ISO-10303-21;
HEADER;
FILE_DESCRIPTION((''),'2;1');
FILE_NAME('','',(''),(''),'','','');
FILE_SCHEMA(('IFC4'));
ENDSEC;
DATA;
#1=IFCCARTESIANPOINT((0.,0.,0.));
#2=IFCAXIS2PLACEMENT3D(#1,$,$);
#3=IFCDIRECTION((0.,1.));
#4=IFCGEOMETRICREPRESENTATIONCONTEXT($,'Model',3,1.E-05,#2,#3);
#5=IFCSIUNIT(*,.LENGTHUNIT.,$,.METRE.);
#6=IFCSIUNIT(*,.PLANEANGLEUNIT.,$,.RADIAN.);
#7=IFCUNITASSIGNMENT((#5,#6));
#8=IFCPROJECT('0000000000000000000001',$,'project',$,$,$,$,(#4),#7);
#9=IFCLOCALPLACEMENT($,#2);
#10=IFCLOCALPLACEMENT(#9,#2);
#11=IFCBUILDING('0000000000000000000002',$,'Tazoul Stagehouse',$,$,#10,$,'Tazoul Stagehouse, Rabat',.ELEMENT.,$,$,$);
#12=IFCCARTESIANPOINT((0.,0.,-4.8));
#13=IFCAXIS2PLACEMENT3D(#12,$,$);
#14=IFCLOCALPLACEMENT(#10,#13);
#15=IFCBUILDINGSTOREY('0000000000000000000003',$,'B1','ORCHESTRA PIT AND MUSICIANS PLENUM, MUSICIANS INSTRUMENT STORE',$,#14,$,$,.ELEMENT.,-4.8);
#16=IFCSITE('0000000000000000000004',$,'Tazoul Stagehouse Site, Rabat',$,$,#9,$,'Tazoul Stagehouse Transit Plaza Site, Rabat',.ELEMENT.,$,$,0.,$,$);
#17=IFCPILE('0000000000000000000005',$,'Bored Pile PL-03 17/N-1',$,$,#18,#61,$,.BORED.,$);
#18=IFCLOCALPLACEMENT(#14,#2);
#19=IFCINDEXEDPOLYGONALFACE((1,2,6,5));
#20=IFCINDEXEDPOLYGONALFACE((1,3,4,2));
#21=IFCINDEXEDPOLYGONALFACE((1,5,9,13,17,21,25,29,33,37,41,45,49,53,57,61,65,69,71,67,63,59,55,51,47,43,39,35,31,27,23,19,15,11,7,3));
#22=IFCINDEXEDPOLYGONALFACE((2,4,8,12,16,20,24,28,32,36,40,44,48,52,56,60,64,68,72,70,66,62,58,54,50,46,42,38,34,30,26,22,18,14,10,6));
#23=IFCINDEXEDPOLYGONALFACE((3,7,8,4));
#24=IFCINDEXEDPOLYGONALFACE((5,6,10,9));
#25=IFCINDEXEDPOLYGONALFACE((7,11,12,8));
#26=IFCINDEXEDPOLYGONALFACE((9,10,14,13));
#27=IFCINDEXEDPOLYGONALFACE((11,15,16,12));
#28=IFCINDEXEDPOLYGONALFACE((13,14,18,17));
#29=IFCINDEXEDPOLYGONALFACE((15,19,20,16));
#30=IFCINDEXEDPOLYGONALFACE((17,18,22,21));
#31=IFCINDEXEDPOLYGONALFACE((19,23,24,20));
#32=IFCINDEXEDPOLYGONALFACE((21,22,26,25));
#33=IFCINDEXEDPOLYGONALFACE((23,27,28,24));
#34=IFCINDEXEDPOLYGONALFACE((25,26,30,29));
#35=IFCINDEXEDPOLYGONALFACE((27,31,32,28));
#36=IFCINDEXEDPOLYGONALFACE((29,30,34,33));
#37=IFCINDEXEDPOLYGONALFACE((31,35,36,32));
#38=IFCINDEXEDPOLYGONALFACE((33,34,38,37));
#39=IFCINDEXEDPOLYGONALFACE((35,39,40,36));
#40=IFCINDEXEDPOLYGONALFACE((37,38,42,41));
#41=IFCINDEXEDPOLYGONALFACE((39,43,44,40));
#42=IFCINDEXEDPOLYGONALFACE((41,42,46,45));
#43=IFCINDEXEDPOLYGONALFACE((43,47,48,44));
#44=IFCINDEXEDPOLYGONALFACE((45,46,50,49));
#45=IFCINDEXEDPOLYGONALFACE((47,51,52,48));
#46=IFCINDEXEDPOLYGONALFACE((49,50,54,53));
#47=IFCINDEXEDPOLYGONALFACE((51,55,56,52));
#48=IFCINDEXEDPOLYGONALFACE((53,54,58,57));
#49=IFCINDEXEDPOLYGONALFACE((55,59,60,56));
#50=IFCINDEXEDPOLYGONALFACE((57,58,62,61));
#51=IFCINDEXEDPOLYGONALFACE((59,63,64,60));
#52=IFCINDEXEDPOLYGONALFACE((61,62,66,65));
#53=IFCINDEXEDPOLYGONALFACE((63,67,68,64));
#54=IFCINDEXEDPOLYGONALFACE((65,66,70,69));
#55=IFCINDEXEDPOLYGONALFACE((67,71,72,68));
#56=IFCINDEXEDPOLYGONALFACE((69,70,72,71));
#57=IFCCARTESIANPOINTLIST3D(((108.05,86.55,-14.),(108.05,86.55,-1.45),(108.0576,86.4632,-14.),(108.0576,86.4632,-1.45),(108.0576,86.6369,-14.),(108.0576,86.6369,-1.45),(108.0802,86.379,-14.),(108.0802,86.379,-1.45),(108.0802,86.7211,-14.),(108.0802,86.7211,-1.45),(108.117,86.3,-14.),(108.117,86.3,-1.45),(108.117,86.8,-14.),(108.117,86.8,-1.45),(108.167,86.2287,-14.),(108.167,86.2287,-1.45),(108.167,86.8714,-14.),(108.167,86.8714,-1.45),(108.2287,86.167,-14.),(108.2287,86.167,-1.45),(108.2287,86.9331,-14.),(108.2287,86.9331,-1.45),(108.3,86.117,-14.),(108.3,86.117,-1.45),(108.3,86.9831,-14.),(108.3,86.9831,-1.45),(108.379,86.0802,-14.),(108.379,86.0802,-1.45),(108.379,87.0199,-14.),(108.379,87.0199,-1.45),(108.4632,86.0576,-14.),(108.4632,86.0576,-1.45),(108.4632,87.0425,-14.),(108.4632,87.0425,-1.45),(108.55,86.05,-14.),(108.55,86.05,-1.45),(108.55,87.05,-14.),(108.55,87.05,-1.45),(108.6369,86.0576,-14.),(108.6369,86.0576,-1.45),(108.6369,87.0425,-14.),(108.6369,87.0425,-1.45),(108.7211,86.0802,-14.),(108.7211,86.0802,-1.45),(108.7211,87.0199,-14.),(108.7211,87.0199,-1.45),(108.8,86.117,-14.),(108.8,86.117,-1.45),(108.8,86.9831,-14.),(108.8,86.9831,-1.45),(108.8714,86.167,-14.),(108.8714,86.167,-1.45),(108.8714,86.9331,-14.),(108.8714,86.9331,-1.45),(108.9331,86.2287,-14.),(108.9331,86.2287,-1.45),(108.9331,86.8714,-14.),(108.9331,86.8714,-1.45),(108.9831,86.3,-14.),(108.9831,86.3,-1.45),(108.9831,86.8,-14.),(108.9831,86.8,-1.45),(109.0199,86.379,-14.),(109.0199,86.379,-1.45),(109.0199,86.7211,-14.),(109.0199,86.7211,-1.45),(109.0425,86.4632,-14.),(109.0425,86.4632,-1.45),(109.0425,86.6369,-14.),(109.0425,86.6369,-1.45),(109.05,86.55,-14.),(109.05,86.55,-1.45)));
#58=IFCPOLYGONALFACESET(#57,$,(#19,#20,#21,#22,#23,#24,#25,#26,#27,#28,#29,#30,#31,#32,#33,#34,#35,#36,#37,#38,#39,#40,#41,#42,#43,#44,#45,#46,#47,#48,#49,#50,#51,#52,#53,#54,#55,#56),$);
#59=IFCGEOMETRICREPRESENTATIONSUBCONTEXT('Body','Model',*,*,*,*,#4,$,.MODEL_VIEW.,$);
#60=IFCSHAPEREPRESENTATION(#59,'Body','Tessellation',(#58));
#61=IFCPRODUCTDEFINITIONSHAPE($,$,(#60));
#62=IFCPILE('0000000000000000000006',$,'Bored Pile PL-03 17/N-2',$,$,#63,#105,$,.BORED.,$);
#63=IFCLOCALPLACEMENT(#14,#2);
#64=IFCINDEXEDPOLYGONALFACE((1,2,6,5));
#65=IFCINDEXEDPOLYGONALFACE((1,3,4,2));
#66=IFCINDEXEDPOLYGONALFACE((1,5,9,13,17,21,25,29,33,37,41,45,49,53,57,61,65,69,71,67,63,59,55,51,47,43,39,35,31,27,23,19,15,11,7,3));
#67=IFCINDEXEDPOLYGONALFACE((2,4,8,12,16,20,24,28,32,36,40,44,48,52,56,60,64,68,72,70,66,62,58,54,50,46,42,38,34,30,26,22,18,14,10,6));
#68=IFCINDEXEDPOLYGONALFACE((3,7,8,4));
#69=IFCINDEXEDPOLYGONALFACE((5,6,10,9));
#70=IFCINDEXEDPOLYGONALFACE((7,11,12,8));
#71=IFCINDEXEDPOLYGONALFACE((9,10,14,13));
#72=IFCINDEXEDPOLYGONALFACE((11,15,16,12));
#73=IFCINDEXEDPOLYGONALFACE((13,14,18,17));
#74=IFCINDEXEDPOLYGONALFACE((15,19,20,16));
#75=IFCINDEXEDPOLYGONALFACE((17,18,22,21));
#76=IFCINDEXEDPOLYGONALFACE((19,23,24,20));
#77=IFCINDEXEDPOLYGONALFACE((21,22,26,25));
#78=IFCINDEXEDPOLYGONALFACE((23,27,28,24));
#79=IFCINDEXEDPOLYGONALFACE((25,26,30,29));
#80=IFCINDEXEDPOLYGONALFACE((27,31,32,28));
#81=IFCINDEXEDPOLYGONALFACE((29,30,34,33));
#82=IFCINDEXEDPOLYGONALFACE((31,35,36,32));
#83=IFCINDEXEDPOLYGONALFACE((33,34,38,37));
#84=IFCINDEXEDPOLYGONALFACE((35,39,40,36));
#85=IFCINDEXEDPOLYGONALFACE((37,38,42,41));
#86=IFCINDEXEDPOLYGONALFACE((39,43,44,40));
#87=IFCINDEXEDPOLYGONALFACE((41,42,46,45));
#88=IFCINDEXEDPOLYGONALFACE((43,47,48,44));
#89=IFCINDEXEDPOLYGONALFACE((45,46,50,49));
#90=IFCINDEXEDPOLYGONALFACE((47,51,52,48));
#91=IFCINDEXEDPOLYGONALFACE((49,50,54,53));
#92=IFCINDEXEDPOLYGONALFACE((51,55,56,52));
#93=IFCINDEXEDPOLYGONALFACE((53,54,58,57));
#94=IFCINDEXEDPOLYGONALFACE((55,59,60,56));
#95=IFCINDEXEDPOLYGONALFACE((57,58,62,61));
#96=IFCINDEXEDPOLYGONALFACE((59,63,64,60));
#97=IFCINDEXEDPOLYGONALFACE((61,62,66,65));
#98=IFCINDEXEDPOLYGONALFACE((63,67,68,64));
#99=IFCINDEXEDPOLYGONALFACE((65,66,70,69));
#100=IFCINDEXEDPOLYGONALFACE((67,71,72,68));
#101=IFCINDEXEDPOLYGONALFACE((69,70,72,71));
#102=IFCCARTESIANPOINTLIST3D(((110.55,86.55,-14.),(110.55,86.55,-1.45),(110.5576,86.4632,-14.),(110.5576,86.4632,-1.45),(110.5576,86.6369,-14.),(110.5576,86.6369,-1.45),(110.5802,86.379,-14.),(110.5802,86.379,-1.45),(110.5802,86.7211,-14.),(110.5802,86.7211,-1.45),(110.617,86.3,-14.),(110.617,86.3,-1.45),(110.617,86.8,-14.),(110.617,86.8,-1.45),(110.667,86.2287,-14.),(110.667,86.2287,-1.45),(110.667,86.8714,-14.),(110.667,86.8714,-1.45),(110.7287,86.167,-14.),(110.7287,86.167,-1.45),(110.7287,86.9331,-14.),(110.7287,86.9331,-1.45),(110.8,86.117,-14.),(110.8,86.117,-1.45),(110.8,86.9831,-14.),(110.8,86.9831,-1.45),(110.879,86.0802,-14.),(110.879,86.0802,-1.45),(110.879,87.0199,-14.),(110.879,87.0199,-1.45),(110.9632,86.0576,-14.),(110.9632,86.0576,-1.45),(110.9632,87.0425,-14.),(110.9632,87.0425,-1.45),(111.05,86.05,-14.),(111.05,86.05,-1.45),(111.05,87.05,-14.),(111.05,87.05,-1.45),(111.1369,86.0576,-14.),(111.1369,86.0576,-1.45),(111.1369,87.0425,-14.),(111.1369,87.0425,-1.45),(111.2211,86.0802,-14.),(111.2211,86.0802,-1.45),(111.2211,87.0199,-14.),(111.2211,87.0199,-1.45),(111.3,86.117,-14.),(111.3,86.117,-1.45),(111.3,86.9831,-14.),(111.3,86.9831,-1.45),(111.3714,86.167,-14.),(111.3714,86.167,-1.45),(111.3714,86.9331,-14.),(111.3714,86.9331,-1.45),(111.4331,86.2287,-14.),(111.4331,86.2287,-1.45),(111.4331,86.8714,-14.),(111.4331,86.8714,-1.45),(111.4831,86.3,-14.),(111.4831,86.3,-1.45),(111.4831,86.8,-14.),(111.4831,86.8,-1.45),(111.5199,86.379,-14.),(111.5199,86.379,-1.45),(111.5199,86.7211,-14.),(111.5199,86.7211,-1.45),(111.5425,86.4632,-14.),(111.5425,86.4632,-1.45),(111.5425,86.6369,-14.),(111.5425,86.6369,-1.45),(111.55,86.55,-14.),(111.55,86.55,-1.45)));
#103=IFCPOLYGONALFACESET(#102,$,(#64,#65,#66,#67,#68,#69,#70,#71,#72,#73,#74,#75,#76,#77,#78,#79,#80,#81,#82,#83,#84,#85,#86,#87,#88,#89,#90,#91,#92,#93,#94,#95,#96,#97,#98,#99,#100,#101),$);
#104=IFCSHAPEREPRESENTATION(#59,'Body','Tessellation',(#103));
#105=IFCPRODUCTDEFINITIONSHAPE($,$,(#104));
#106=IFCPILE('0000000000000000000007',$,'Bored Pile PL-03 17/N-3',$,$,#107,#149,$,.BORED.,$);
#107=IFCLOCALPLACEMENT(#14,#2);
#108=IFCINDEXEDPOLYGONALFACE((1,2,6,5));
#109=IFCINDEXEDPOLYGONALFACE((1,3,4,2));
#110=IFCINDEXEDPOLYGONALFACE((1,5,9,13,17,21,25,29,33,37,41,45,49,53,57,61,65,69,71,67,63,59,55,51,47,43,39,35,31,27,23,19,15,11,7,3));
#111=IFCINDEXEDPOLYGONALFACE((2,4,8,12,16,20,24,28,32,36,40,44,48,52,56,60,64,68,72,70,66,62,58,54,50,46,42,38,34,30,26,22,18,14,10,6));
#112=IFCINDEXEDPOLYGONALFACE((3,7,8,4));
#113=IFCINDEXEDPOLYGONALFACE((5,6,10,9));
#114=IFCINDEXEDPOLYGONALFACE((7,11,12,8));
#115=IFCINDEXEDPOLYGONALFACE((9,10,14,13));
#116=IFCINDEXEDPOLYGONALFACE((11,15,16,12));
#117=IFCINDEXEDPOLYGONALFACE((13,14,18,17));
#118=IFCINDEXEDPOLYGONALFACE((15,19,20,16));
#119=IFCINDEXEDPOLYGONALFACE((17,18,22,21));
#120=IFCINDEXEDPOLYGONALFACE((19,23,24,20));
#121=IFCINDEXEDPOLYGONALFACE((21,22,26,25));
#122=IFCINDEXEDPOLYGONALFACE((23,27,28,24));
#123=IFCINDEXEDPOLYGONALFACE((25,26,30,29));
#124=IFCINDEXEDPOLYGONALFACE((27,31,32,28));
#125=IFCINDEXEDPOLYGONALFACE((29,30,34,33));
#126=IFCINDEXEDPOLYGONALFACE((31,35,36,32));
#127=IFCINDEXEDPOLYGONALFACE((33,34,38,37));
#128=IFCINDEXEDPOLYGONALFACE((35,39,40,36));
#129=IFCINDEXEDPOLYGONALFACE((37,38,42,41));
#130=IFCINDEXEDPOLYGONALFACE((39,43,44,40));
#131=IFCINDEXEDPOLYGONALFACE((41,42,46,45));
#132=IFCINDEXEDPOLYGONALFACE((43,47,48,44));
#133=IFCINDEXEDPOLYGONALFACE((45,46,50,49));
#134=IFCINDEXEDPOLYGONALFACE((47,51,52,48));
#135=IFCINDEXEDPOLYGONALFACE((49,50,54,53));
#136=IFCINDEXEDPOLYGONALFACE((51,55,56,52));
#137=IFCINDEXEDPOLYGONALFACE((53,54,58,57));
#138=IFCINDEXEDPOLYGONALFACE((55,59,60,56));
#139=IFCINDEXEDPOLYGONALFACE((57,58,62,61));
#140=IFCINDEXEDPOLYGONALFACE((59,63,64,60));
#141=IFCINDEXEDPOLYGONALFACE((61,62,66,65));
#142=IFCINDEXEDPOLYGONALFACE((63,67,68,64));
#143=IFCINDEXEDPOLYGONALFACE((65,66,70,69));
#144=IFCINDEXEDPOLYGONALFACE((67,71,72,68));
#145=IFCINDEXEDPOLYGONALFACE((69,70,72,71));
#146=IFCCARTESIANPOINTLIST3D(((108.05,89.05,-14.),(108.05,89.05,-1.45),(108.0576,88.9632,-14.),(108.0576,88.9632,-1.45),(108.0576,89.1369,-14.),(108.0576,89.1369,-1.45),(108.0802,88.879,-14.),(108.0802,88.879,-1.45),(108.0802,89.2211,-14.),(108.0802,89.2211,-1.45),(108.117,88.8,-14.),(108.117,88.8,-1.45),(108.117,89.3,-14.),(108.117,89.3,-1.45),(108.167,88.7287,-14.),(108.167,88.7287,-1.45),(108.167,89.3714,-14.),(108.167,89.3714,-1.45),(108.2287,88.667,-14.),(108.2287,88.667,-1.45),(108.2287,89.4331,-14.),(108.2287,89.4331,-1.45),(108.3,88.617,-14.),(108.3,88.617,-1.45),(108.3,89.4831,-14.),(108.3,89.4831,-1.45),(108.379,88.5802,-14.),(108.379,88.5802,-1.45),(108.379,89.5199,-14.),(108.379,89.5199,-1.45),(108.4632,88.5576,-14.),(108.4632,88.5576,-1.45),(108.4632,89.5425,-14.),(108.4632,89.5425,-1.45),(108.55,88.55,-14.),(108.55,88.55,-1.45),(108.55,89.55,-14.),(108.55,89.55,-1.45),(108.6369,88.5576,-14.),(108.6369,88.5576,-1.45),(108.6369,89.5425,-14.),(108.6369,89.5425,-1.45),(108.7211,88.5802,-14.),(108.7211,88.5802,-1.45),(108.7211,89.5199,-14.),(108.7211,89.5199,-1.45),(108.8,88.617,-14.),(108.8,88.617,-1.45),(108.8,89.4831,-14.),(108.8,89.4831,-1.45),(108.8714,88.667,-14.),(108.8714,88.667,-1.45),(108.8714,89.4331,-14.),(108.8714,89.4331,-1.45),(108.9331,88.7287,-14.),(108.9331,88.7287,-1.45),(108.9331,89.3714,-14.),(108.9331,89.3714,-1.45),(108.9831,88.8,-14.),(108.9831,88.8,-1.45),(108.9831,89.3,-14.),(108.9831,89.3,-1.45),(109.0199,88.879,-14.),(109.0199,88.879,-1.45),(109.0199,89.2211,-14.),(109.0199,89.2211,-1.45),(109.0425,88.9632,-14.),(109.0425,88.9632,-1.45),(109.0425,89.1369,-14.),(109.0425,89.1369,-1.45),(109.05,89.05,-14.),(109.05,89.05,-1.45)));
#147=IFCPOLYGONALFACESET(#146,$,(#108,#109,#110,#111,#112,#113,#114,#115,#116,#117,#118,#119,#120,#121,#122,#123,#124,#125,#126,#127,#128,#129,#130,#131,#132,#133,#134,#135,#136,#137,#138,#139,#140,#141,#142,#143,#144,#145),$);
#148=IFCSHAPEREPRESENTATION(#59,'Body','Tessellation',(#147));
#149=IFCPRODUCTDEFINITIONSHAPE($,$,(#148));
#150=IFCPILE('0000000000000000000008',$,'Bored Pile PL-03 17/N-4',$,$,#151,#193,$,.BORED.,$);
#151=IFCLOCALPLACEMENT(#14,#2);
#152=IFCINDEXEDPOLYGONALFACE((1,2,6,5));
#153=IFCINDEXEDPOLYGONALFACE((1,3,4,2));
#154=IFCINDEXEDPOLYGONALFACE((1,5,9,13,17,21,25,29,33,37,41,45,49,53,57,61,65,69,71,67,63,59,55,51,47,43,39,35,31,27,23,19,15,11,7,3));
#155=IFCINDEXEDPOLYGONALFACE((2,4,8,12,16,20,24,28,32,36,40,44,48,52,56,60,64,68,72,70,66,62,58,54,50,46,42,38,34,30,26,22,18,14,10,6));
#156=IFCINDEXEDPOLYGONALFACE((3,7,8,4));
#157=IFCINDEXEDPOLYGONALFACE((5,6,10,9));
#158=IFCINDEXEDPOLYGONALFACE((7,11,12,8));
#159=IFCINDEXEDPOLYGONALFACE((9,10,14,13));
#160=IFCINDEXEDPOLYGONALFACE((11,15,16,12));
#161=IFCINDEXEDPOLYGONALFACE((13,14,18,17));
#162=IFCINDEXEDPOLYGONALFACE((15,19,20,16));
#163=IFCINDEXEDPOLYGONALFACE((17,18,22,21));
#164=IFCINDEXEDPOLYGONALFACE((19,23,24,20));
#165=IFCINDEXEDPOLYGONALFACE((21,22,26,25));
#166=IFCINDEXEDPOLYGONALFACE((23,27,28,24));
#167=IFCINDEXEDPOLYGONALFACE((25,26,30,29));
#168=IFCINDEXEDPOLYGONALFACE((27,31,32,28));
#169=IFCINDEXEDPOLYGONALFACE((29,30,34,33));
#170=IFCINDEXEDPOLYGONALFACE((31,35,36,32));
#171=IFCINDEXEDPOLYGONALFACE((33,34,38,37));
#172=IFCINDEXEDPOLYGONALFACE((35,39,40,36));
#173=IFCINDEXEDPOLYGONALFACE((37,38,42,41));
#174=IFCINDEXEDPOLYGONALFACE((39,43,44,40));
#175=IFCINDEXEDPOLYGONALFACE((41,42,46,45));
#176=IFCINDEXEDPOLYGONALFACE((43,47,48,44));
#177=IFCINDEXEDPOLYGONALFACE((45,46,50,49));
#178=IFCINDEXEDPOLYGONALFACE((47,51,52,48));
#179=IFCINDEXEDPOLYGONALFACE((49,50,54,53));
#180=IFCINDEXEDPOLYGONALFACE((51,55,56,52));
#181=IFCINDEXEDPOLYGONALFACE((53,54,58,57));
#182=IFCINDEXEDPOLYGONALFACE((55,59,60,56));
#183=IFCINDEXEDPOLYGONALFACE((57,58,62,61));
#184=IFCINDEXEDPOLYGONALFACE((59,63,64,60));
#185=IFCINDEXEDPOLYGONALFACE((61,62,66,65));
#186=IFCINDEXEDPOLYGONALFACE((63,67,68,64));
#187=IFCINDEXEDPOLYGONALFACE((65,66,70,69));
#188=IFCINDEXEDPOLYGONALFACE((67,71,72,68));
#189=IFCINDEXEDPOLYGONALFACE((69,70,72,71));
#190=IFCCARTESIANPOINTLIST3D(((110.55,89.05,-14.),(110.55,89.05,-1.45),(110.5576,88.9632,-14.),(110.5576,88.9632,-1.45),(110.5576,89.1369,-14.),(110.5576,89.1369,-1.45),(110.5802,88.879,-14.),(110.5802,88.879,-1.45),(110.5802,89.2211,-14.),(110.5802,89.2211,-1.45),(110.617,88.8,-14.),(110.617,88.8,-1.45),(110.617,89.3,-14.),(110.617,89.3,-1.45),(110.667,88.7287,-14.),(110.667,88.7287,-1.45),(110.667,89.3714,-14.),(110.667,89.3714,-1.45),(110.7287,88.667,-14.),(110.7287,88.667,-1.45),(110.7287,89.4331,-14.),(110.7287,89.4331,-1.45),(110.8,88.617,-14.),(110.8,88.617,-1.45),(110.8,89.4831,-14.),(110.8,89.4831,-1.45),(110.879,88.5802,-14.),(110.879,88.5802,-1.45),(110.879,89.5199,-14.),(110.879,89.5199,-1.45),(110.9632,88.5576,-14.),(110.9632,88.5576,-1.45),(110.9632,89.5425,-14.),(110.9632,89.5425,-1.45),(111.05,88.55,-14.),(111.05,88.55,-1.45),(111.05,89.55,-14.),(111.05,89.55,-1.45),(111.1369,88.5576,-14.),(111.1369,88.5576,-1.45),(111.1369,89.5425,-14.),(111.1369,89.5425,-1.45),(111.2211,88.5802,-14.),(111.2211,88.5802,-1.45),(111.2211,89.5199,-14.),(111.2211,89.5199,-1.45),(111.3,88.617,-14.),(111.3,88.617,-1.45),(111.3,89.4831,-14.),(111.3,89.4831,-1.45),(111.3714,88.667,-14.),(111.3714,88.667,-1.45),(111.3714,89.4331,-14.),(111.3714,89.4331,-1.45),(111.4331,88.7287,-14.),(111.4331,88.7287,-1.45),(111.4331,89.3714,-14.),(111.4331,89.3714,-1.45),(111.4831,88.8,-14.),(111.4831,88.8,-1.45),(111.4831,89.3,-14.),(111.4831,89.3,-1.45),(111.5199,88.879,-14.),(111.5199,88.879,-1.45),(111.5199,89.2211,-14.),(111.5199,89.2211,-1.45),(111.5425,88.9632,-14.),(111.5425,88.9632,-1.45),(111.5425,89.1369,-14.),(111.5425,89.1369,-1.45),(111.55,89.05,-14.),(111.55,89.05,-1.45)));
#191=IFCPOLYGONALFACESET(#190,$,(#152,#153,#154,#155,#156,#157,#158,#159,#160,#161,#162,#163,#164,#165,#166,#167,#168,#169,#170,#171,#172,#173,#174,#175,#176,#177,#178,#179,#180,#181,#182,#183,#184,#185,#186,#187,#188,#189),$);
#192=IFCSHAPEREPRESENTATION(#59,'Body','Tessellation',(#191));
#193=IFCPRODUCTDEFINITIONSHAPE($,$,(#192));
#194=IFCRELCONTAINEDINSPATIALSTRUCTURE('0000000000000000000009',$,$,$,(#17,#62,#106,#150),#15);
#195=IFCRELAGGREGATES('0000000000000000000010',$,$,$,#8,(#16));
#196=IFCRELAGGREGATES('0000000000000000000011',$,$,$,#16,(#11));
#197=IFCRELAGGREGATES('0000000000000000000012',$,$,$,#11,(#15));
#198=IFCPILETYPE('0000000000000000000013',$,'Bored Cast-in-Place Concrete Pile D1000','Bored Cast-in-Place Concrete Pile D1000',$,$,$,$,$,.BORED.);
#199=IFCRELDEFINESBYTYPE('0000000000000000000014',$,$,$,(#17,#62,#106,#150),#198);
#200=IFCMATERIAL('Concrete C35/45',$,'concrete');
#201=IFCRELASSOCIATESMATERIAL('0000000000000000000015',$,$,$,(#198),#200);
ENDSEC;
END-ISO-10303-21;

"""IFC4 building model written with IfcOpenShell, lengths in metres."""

from ifc_helpers import new_model, si_unit, direction, frame, origin, origin_2d, place, context, subcontext, project, spatial, circle, extrude, material, material_profile, profile_set, type_object, element, save


model = new_model("IFC4")

# Units and contexts
model_context = context("Model", 3, precision=1e-05, world=origin(), true_north=direction((0.0, 1.0)))
body_context = subcontext(model_context, "Body", "Model", "MODEL_VIEW")
ifc_project = project(units=[si_unit("LENGTHUNIT", "METRE"), si_unit("PLANEANGLEUNIT", "RADIAN")], contexts=[model_context])

# Site, building, storey
site_placement = place(None, origin())
site = spatial("IfcSite", under=ifc_project, at=site_placement, Name="Tazoul Stagehouse Site, Rabat", LongName="Tazoul Stagehouse Transit Plaza Site, Rabat", CompositionType="ELEMENT", RefElevation=0.0)
building_placement = place(site_placement, origin())
building = spatial("IfcBuilding", under=site, at=building_placement, Name="Tazoul Stagehouse", LongName="Tazoul Stagehouse, Rabat", CompositionType="ELEMENT")
storey_placement = place(building_placement, frame((0.0, 0.0, -4.8)))
storey = spatial("IfcBuildingStorey", under=building, at=storey_placement, Name="B1", Description="ORCHESTRA PIT AND MUSICIANS PLENUM, MUSICIANS INSTRUMENT STORE", CompositionType="ELEMENT", Elevation=-4.8)

# Piles
ifc_material_1 = material(Name="Concrete C35/45", Category="concrete")
ifc_material_profile_1 = material_profile(ifc_material_1, circle(Radius=0.5, at=origin_2d()), Name="BORED PILE 1000")
ifc_profile_set_1 = profile_set([ifc_material_profile_1], Name="Concrete C35/45")
pile_type = type_object("IfcPileType", Name="Bored Cast-in-Place Concrete Pile D1000", Description="Bored Cast-in-Place Concrete Pile D1000", PredefinedType="BORED", material=ifc_profile_set_1)
for number, where, z_axis, x_axis, name in (
    (1, (108.55, 86.55, -1.45), (0.0, 0.0, -1.0), (1.0, 0.0, 0.0), "Bored Pile PL-03 17/N-1"),
    (2, (111.05, 86.55, -1.45), (0.0, 0.0, -1.0), (1.0, 0.0, 0.0), "Bored Pile PL-03 17/N-2"),
    (3, (108.55, 89.05, -1.45), (0.0, 0.0, -1.0), (1.0, 0.0, 0.0), "Bored Pile PL-03 17/N-3"),
    (4, (111.05, 89.05, -1.45), (0.0, 0.0, -1.0), (1.0, 0.0, 0.0), "Bored Pile PL-03 17/N-4"),
):
    element("IfcPile", number, at=place(storey_placement, frame(where, z_axis=z_axis, x_axis=x_axis)), inside=storey, type_object=pile_type, Name=name, PredefinedType="BORED", context=body_context, shape_type="SweptSolid", body=[
        extrude(circle(Radius=0.5, at=origin_2d()), origin(), (0.0, 0.0, 1.0), 12.55),
    ])

save(model, "model.ifc")
